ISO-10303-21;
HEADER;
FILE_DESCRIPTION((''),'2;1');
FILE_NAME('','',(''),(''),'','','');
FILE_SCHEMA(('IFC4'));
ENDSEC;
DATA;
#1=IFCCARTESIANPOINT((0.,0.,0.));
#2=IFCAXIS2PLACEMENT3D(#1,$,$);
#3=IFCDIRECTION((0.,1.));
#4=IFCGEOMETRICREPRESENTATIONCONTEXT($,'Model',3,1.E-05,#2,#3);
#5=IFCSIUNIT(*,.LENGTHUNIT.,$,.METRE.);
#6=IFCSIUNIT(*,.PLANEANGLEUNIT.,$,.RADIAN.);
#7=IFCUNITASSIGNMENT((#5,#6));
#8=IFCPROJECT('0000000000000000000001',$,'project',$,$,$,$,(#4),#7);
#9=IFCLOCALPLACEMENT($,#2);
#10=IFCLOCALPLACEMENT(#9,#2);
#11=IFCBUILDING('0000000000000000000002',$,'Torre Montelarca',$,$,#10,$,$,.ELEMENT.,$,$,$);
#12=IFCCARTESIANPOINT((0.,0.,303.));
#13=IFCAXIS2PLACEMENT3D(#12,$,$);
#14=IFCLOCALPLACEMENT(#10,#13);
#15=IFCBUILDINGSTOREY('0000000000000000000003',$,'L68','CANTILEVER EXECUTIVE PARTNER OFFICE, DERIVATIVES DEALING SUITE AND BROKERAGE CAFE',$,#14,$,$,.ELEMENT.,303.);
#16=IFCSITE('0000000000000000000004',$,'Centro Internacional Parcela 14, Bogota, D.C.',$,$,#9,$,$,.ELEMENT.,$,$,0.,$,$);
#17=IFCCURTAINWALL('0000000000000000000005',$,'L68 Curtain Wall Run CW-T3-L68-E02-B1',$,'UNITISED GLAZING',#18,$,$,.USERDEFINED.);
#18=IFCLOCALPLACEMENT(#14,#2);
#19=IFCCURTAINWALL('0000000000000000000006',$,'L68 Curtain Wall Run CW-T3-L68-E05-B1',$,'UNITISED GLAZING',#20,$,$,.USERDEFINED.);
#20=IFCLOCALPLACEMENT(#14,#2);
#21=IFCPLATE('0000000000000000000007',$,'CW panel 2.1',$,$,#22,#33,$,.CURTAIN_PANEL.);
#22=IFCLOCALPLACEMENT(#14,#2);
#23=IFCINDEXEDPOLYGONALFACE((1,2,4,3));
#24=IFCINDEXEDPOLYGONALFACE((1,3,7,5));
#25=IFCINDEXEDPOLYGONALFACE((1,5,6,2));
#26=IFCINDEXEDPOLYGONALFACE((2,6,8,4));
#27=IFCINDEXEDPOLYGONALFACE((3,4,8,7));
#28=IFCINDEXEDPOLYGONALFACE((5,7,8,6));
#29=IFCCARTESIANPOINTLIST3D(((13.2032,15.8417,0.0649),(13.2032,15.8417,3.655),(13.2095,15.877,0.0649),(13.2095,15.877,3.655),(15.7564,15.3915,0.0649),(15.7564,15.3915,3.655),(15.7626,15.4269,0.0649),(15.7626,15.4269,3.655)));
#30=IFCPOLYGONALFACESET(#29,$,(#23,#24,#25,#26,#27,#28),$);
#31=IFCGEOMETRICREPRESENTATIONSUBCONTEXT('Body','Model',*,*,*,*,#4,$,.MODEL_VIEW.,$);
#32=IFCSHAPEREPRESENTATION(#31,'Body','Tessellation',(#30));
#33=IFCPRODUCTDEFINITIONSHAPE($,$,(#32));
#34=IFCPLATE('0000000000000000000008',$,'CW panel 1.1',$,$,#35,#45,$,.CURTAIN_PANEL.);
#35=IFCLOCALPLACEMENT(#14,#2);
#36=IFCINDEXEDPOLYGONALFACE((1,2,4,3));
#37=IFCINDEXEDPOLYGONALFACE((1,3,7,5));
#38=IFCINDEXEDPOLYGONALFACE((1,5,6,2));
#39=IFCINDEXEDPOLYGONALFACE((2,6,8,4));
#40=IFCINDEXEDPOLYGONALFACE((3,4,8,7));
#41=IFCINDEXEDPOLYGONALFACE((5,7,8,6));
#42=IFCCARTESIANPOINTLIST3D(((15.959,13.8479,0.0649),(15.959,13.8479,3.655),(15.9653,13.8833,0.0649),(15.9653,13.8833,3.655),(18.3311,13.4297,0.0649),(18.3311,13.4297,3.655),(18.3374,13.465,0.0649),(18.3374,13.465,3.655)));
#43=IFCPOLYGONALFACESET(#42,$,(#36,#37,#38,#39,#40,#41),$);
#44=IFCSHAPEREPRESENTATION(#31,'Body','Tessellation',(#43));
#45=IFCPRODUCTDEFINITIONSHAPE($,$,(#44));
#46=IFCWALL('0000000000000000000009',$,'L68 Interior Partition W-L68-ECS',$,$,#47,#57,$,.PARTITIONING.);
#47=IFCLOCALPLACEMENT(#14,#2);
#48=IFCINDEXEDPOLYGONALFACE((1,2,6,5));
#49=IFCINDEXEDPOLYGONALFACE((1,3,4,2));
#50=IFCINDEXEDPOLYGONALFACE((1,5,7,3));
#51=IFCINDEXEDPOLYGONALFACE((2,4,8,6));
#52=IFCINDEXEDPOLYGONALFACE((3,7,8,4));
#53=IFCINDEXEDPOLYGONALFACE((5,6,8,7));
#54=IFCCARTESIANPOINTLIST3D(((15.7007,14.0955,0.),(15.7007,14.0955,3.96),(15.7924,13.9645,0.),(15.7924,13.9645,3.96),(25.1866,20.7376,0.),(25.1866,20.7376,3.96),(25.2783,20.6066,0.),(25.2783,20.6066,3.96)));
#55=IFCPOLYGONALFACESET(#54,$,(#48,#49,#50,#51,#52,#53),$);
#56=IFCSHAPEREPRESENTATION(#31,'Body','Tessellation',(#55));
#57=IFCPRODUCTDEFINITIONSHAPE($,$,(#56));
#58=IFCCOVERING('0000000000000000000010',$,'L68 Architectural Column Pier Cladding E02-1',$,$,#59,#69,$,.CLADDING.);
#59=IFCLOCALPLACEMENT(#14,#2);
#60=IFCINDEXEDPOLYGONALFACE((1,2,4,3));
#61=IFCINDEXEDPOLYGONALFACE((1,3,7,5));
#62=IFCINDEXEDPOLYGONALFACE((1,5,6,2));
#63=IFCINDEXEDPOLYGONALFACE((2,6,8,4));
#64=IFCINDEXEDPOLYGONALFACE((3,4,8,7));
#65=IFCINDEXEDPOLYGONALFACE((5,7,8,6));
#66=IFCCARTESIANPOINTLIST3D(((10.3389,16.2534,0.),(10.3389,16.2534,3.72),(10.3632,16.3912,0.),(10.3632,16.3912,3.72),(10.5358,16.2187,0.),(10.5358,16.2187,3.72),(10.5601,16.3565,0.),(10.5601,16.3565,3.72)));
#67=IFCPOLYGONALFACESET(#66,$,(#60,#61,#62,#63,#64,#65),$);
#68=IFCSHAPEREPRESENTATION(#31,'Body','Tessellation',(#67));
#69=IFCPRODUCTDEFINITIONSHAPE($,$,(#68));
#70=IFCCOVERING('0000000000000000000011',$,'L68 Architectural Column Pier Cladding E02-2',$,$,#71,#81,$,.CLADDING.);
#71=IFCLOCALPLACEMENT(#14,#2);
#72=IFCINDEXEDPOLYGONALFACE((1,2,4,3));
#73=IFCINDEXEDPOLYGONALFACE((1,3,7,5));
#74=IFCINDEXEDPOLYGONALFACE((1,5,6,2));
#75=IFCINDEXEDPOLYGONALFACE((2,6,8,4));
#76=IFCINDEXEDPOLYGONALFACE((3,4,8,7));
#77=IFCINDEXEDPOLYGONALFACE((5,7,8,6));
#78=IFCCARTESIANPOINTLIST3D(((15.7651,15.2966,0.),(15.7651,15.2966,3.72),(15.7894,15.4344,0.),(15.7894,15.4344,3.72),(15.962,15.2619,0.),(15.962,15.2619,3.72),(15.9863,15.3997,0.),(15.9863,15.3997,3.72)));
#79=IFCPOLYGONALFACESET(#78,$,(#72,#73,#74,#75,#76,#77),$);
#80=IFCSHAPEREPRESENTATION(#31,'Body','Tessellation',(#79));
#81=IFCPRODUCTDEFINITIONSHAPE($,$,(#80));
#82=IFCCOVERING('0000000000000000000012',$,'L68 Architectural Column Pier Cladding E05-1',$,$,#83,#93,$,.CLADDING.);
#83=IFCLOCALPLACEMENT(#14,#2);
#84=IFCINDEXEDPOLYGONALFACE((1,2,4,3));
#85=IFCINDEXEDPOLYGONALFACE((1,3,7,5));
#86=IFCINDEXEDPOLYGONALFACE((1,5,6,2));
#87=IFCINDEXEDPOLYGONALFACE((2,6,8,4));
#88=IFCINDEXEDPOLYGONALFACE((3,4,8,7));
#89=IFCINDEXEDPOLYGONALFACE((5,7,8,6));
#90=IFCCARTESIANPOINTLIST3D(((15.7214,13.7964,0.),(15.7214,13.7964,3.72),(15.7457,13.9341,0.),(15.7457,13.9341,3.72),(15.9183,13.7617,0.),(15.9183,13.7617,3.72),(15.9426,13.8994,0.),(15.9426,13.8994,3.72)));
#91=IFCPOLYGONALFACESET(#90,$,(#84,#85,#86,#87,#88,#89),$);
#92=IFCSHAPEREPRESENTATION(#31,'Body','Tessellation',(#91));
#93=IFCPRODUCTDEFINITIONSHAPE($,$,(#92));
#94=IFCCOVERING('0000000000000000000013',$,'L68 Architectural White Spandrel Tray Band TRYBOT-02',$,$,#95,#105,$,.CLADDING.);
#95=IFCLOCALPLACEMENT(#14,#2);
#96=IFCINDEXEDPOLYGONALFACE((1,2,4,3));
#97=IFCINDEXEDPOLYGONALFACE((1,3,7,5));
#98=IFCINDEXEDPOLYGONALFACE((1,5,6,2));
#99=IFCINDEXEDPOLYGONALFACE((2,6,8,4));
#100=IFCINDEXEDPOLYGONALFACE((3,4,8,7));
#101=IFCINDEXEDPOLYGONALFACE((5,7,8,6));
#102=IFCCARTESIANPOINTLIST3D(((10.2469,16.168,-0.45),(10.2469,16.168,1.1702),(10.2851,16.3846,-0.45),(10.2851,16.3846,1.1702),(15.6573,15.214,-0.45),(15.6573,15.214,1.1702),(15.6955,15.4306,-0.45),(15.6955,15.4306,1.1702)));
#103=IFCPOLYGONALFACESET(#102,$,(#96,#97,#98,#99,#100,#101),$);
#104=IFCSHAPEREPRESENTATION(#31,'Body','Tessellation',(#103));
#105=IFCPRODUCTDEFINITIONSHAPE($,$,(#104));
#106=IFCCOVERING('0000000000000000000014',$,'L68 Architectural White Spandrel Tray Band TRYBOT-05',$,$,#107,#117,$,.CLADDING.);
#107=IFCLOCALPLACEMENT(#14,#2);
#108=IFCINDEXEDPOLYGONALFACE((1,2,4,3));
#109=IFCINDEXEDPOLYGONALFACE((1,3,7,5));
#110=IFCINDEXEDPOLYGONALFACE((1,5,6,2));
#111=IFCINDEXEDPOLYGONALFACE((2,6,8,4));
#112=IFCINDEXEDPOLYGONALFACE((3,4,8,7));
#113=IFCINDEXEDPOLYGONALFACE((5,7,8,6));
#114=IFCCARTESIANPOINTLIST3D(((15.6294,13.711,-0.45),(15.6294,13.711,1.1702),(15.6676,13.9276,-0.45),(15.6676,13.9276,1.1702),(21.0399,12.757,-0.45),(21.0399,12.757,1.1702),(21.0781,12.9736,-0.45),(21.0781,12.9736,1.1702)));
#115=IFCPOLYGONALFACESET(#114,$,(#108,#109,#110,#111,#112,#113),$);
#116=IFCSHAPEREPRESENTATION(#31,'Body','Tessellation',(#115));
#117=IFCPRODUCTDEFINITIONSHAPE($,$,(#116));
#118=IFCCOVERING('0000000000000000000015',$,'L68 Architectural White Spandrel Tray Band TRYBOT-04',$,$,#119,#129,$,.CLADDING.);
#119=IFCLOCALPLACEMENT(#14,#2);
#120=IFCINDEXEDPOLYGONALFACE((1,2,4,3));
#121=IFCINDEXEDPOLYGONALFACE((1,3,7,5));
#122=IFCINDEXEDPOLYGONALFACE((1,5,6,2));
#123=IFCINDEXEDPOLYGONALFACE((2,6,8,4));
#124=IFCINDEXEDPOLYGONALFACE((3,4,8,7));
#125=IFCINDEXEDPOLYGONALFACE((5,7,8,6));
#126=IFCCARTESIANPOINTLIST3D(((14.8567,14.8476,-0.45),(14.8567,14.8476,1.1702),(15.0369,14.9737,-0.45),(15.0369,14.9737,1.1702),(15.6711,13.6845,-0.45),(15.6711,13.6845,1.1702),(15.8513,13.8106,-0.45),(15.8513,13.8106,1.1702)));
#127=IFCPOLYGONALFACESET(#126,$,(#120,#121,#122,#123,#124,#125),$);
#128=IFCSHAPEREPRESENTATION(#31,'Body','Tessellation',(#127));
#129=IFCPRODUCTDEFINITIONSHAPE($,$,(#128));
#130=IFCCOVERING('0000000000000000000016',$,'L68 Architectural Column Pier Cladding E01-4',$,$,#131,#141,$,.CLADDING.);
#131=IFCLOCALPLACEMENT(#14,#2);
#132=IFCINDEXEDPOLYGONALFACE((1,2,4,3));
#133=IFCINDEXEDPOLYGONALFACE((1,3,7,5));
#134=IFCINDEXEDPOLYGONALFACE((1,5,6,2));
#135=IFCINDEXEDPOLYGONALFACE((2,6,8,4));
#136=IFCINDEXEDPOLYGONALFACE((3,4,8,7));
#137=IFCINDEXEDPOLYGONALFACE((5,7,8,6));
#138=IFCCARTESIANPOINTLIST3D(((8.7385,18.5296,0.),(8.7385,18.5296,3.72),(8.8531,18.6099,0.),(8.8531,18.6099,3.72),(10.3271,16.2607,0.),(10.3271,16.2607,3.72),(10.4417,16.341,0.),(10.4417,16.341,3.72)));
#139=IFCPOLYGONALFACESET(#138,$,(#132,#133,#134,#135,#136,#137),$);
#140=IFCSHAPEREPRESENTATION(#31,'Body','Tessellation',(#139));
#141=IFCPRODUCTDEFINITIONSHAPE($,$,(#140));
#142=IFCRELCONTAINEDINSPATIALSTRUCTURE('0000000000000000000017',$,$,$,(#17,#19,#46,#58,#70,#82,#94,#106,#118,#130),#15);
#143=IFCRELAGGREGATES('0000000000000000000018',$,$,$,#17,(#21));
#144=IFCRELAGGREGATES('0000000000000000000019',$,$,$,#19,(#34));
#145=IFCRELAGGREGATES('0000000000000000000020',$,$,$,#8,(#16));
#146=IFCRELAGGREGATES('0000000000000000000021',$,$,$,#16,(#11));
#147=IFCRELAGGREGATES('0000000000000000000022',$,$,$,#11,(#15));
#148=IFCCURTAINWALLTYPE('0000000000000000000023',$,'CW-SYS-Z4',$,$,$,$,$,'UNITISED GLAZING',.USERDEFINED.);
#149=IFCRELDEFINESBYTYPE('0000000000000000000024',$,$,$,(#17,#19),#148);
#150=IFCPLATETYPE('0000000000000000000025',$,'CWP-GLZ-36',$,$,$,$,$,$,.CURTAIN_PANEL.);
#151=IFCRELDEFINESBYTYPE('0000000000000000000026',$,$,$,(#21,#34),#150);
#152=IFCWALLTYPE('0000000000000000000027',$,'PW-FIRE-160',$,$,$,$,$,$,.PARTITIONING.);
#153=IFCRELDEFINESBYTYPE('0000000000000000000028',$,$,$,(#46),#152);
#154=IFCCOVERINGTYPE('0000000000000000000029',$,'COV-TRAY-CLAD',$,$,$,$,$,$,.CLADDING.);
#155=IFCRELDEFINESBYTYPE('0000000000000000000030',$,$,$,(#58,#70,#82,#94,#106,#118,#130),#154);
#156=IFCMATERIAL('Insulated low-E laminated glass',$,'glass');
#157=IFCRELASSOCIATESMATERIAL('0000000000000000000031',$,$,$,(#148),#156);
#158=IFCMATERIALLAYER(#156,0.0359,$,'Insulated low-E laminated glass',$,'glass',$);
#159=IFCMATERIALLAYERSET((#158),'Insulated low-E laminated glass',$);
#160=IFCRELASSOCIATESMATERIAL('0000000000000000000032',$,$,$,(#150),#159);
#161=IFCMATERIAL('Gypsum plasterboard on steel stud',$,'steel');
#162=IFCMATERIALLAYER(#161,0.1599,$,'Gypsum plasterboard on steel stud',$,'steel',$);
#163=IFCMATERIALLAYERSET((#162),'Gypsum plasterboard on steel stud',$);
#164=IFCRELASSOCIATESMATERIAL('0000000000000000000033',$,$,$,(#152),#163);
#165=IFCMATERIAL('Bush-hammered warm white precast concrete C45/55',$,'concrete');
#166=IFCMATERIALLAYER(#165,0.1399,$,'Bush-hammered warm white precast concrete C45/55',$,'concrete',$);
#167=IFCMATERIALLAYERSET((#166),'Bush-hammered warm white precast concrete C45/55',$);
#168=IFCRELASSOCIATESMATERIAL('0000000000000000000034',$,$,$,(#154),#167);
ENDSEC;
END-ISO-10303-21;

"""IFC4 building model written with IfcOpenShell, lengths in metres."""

from ifc_helpers import new_model, si_unit, direction, frame, frame_2d, origin, origin_2d, place, context, subcontext, project, spatial, rectangle, extrude, source, transform, mapped, material, layer, layer_set, type_object, element, aggregate, save


model = new_model("IFC4")

# Units and contexts
model_context = context("Model", 3, precision=1e-05, world=origin(), true_north=direction((0.0, 1.0)))
body_context = subcontext(model_context, "Body", "Model", "MODEL_VIEW")
ifc_project = project(units=[si_unit("LENGTHUNIT", "METRE"), si_unit("PLANEANGLEUNIT", "RADIAN")], contexts=[model_context])

# Site, building, storey
site_placement = place(None, origin())
site = spatial("IfcSite", under=ifc_project, at=site_placement, Name="Centro Internacional Parcela 14, Bogota, D.C.", CompositionType="ELEMENT", RefElevation=0.0)
building_placement = place(site_placement, origin())
building = spatial("IfcBuilding", under=site, at=building_placement, Name="Torre Montelarca", CompositionType="ELEMENT")
storey_placement = place(building_placement, frame((0.0, 0.0, 303.0)))
storey = spatial("IfcBuildingStorey", under=building, at=storey_placement, Name="L68", Description="CANTILEVER EXECUTIVE PARTNER OFFICE, DERIVATIVES DEALING SUITE AND BROKERAGE CAFE", CompositionType="ELEMENT", Elevation=303.0)

# Curtain wall
ifc_material_1 = material(Name="Insulated low-E laminated glass", Category="glass")
curtain_wall_type = type_object("IfcCurtainWallType", Name="CW-SYS-Z4", ElementType="UNITISED GLAZING", PredefinedType="USERDEFINED", material=ifc_material_1)
curtain_wall_1_placement = place(storey_placement, origin())
curtain_wall_1 = element("IfcCurtainWall", 1, at=curtain_wall_1_placement, inside=storey, type_object=curtain_wall_type, Name="L68 Curtain Wall Run CW-T3-L68-E02-B1", ObjectType="UNITISED GLAZING", PredefinedType="USERDEFINED")

# Curtain wall
curtain_wall_2_placement = place(storey_placement, origin())
curtain_wall_2 = element("IfcCurtainWall", 2, at=curtain_wall_2_placement, inside=storey, type_object=curtain_wall_type, Name="L68 Curtain Wall Run CW-T3-L68-E05-B1", ObjectType="UNITISED GLAZING", PredefinedType="USERDEFINED")

# Plates
ifc_layer_1 = layer(ifc_material_1, 0.0359, Name="Insulated low-E laminated glass", Category="glass")
ifc_layer_set_1 = layer_set([ifc_layer_1], Name="Insulated low-E laminated glass")
plate_type = type_object("IfcPlateType", Name="CWP-GLZ-36", PredefinedType="CURTAIN_PANEL", material=ifc_layer_set_1)
shared_shape_1 = source(origin(), body_context, "Body", "SweptSolid", [
    extrude(rectangle(XDim=2.5925, YDim=0.0359, at=origin_2d()), origin(), (0.0, 0.0, 1.0), 3.5901),
])
plate_1_placement = place(storey_placement, frame((14.4829, 15.6343, 0.0649), z_axis=(0.0, 0.0, 1.0), x_axis=(0.984809, -0.173642, 0.0)))
plate_1 = element("IfcPlate", 3, at=plate_1_placement, type_object=plate_type, Name="CW panel 2.1", PredefinedType="CURTAIN_PANEL", context=body_context, shape_type="MappedRepresentation", body=[
    mapped(shared_shape_1, transform((0.0, 0.0, 0.0), scale=1.0)),
])
aggregate(curtain_wall_1, [plate_1])
shared_shape_2 = source(origin(), body_context, "Body", "SweptSolid", [
    extrude(rectangle(XDim=2.4087, YDim=0.0359, at=origin_2d()), origin(), (0.0, 0.0, 1.0), 3.5901),
])
plate_2_placement = place(storey_placement, frame((17.1482, 13.6565, 0.0649), z_axis=(0.0, 0.0, 1.0), x_axis=(0.98481, -0.173635, 0.0)))
plate_2 = element("IfcPlate", 4, at=plate_2_placement, type_object=plate_type, Name="CW panel 1.1", PredefinedType="CURTAIN_PANEL", context=body_context, shape_type="MappedRepresentation", body=[
    mapped(shared_shape_2, transform((0.0, 0.0, 0.0), scale=1.0)),
])
aggregate(curtain_wall_2, [plate_2])

# Wall
ifc_material_2 = material(Name="Gypsum plasterboard on steel stud", Category="steel")
ifc_layer_2 = layer(ifc_material_2, 0.1599, Name="Gypsum plasterboard on steel stud", Category="steel")
ifc_layer_set_2 = layer_set([ifc_layer_2], Name="Gypsum plasterboard on steel stud")
wall_type = type_object("IfcWallType", Name="PW-FIRE-160", PredefinedType="PARTITIONING", material=ifc_layer_set_2)
wall_placement = place(storey_placement, frame((15.7466, 14.03, 0.0), z_axis=(0.0, 0.0, 1.0), x_axis=(0.819151, 0.573578, 0.0)))
element("IfcWall", 5, at=wall_placement, inside=storey, type_object=wall_type, Name="L68 Interior Partition W-L68-ECS", PredefinedType="PARTITIONING", context=body_context, shape_type="SweptSolid", body=[
    extrude(rectangle(XDim=11.5801, YDim=0.1599, at=frame_2d((5.79, 0.0))), origin(), (0.0, 0.0, 1.0), 3.96),
])

# Coverings
ifc_material_3 = material(Name="Bush-hammered warm white precast concrete C45/55", Category="concrete")
ifc_layer_3 = layer(ifc_material_3, 0.1399, Name="Bush-hammered warm white precast concrete C45/55", Category="concrete")
ifc_layer_set_3 = layer_set([ifc_layer_3], Name="Bush-hammered warm white precast concrete C45/55")
covering_type = type_object("IfcCoveringType", Name="COV-TRAY-CLAD", PredefinedType="CLADDING", material=ifc_layer_set_3)
shared_shape_3 = source(origin(), body_context, "Body", "SweptSolid", [
    extrude(rectangle(XDim=0.2, YDim=0.1399, at=origin_2d()), origin(), (0.0, 0.0, 1.0), 3.72),
])
for number, where, z_axis, x_axis, name in (
    (6, (10.4495, 16.3049, 0.0), (0.0, 0.0, 1.0), (0.984807, -0.173653, 0.0), "L68 Architectural Column Pier Cladding E02-1"),
    (7, (15.8757, 15.3481, 0.0), (0.0, 0.0, 1.0), (0.984807, -0.173653, 0.0), "L68 Architectural Column Pier Cladding E02-2"),
    (8, (15.832, 13.8479, 0.0), (0.0, 0.0, 1.0), (0.984808, -0.173646, 0.0), "L68 Architectural Column Pier Cladding E05-1"),
):
    element("IfcCovering", number, at=place(storey_placement, frame(where, z_axis=z_axis, x_axis=x_axis)), inside=storey, type_object=covering_type, Name=name, PredefinedType="CLADDING", context=body_context, shape_type="MappedRepresentation", body=[
        mapped(shared_shape_3, transform((0.0, 0.0, 0.0), scale=1.0)),
    ])
shared_shape_4 = source(origin(), body_context, "Body", "SweptSolid", [
    extrude(rectangle(XDim=5.4939, YDim=0.22, at=origin_2d()), origin(), (0.0, 0.0, 1.0), 1.6201),
])
for number, where, z_axis, x_axis, name in (
    (9, (12.9712, 15.7993, -0.45), (0.0, 0.0, 1.0), (0.984807, -0.173653, 0.0), "L68 Architectural White Spandrel Tray Band TRYBOT-02"),
    (10, (18.3538, 13.3423, -0.45), (0.0, 0.0, 1.0), (0.984807, -0.173653, 0.0), "L68 Architectural White Spandrel Tray Band TRYBOT-05"),
):
    element("IfcCovering", number, at=place(storey_placement, frame(where, z_axis=z_axis, x_axis=x_axis)), inside=storey, type_object=covering_type, Name=name, PredefinedType="CLADDING", context=body_context, shape_type="MappedRepresentation", body=[
        mapped(shared_shape_4, transform((0.0, 0.0, 0.0), scale=1.0)),
    ])
shared_shape_5 = source(origin(), body_context, "Body", "SweptSolid", [
    extrude(rectangle(XDim=1.4199, YDim=0.22, at=origin_2d()), origin(), (0.0, 0.0, 1.0), 1.6201),
])
covering_1_placement = place(storey_placement, frame((15.354, 14.3291, -0.45), z_axis=(0.0, 0.0, 1.0), x_axis=(0.573602, -0.819134, 0.0)))
element("IfcCovering", 11, at=covering_1_placement, inside=storey, type_object=covering_type, Name="L68 Architectural White Spandrel Tray Band TRYBOT-04", PredefinedType="CLADDING", context=body_context, shape_type="MappedRepresentation", body=[
    mapped(shared_shape_5, transform((0.0, 0.0, 0.0), scale=1.0)),
])
shared_shape_6 = source(origin(), body_context, "Body", "SweptSolid", [
    extrude(rectangle(XDim=2.7698, YDim=0.1399, at=origin_2d()), origin(), (0.0, 0.0, 1.0), 3.72),
])
covering_2_placement = place(storey_placement, frame((9.5901, 17.4353, 0.0), z_axis=(0.0, 0.0, 1.0), x_axis=(0.573572, -0.819155, 0.0)))
element("IfcCovering", 12, at=covering_2_placement, inside=storey, type_object=covering_type, Name="L68 Architectural Column Pier Cladding E01-4", PredefinedType="CLADDING", context=body_context, shape_type="MappedRepresentation", body=[
    mapped(shared_shape_6, transform((0.0, 0.0, 0.0), scale=1.0)),
])

save(model, "model.ifc")
